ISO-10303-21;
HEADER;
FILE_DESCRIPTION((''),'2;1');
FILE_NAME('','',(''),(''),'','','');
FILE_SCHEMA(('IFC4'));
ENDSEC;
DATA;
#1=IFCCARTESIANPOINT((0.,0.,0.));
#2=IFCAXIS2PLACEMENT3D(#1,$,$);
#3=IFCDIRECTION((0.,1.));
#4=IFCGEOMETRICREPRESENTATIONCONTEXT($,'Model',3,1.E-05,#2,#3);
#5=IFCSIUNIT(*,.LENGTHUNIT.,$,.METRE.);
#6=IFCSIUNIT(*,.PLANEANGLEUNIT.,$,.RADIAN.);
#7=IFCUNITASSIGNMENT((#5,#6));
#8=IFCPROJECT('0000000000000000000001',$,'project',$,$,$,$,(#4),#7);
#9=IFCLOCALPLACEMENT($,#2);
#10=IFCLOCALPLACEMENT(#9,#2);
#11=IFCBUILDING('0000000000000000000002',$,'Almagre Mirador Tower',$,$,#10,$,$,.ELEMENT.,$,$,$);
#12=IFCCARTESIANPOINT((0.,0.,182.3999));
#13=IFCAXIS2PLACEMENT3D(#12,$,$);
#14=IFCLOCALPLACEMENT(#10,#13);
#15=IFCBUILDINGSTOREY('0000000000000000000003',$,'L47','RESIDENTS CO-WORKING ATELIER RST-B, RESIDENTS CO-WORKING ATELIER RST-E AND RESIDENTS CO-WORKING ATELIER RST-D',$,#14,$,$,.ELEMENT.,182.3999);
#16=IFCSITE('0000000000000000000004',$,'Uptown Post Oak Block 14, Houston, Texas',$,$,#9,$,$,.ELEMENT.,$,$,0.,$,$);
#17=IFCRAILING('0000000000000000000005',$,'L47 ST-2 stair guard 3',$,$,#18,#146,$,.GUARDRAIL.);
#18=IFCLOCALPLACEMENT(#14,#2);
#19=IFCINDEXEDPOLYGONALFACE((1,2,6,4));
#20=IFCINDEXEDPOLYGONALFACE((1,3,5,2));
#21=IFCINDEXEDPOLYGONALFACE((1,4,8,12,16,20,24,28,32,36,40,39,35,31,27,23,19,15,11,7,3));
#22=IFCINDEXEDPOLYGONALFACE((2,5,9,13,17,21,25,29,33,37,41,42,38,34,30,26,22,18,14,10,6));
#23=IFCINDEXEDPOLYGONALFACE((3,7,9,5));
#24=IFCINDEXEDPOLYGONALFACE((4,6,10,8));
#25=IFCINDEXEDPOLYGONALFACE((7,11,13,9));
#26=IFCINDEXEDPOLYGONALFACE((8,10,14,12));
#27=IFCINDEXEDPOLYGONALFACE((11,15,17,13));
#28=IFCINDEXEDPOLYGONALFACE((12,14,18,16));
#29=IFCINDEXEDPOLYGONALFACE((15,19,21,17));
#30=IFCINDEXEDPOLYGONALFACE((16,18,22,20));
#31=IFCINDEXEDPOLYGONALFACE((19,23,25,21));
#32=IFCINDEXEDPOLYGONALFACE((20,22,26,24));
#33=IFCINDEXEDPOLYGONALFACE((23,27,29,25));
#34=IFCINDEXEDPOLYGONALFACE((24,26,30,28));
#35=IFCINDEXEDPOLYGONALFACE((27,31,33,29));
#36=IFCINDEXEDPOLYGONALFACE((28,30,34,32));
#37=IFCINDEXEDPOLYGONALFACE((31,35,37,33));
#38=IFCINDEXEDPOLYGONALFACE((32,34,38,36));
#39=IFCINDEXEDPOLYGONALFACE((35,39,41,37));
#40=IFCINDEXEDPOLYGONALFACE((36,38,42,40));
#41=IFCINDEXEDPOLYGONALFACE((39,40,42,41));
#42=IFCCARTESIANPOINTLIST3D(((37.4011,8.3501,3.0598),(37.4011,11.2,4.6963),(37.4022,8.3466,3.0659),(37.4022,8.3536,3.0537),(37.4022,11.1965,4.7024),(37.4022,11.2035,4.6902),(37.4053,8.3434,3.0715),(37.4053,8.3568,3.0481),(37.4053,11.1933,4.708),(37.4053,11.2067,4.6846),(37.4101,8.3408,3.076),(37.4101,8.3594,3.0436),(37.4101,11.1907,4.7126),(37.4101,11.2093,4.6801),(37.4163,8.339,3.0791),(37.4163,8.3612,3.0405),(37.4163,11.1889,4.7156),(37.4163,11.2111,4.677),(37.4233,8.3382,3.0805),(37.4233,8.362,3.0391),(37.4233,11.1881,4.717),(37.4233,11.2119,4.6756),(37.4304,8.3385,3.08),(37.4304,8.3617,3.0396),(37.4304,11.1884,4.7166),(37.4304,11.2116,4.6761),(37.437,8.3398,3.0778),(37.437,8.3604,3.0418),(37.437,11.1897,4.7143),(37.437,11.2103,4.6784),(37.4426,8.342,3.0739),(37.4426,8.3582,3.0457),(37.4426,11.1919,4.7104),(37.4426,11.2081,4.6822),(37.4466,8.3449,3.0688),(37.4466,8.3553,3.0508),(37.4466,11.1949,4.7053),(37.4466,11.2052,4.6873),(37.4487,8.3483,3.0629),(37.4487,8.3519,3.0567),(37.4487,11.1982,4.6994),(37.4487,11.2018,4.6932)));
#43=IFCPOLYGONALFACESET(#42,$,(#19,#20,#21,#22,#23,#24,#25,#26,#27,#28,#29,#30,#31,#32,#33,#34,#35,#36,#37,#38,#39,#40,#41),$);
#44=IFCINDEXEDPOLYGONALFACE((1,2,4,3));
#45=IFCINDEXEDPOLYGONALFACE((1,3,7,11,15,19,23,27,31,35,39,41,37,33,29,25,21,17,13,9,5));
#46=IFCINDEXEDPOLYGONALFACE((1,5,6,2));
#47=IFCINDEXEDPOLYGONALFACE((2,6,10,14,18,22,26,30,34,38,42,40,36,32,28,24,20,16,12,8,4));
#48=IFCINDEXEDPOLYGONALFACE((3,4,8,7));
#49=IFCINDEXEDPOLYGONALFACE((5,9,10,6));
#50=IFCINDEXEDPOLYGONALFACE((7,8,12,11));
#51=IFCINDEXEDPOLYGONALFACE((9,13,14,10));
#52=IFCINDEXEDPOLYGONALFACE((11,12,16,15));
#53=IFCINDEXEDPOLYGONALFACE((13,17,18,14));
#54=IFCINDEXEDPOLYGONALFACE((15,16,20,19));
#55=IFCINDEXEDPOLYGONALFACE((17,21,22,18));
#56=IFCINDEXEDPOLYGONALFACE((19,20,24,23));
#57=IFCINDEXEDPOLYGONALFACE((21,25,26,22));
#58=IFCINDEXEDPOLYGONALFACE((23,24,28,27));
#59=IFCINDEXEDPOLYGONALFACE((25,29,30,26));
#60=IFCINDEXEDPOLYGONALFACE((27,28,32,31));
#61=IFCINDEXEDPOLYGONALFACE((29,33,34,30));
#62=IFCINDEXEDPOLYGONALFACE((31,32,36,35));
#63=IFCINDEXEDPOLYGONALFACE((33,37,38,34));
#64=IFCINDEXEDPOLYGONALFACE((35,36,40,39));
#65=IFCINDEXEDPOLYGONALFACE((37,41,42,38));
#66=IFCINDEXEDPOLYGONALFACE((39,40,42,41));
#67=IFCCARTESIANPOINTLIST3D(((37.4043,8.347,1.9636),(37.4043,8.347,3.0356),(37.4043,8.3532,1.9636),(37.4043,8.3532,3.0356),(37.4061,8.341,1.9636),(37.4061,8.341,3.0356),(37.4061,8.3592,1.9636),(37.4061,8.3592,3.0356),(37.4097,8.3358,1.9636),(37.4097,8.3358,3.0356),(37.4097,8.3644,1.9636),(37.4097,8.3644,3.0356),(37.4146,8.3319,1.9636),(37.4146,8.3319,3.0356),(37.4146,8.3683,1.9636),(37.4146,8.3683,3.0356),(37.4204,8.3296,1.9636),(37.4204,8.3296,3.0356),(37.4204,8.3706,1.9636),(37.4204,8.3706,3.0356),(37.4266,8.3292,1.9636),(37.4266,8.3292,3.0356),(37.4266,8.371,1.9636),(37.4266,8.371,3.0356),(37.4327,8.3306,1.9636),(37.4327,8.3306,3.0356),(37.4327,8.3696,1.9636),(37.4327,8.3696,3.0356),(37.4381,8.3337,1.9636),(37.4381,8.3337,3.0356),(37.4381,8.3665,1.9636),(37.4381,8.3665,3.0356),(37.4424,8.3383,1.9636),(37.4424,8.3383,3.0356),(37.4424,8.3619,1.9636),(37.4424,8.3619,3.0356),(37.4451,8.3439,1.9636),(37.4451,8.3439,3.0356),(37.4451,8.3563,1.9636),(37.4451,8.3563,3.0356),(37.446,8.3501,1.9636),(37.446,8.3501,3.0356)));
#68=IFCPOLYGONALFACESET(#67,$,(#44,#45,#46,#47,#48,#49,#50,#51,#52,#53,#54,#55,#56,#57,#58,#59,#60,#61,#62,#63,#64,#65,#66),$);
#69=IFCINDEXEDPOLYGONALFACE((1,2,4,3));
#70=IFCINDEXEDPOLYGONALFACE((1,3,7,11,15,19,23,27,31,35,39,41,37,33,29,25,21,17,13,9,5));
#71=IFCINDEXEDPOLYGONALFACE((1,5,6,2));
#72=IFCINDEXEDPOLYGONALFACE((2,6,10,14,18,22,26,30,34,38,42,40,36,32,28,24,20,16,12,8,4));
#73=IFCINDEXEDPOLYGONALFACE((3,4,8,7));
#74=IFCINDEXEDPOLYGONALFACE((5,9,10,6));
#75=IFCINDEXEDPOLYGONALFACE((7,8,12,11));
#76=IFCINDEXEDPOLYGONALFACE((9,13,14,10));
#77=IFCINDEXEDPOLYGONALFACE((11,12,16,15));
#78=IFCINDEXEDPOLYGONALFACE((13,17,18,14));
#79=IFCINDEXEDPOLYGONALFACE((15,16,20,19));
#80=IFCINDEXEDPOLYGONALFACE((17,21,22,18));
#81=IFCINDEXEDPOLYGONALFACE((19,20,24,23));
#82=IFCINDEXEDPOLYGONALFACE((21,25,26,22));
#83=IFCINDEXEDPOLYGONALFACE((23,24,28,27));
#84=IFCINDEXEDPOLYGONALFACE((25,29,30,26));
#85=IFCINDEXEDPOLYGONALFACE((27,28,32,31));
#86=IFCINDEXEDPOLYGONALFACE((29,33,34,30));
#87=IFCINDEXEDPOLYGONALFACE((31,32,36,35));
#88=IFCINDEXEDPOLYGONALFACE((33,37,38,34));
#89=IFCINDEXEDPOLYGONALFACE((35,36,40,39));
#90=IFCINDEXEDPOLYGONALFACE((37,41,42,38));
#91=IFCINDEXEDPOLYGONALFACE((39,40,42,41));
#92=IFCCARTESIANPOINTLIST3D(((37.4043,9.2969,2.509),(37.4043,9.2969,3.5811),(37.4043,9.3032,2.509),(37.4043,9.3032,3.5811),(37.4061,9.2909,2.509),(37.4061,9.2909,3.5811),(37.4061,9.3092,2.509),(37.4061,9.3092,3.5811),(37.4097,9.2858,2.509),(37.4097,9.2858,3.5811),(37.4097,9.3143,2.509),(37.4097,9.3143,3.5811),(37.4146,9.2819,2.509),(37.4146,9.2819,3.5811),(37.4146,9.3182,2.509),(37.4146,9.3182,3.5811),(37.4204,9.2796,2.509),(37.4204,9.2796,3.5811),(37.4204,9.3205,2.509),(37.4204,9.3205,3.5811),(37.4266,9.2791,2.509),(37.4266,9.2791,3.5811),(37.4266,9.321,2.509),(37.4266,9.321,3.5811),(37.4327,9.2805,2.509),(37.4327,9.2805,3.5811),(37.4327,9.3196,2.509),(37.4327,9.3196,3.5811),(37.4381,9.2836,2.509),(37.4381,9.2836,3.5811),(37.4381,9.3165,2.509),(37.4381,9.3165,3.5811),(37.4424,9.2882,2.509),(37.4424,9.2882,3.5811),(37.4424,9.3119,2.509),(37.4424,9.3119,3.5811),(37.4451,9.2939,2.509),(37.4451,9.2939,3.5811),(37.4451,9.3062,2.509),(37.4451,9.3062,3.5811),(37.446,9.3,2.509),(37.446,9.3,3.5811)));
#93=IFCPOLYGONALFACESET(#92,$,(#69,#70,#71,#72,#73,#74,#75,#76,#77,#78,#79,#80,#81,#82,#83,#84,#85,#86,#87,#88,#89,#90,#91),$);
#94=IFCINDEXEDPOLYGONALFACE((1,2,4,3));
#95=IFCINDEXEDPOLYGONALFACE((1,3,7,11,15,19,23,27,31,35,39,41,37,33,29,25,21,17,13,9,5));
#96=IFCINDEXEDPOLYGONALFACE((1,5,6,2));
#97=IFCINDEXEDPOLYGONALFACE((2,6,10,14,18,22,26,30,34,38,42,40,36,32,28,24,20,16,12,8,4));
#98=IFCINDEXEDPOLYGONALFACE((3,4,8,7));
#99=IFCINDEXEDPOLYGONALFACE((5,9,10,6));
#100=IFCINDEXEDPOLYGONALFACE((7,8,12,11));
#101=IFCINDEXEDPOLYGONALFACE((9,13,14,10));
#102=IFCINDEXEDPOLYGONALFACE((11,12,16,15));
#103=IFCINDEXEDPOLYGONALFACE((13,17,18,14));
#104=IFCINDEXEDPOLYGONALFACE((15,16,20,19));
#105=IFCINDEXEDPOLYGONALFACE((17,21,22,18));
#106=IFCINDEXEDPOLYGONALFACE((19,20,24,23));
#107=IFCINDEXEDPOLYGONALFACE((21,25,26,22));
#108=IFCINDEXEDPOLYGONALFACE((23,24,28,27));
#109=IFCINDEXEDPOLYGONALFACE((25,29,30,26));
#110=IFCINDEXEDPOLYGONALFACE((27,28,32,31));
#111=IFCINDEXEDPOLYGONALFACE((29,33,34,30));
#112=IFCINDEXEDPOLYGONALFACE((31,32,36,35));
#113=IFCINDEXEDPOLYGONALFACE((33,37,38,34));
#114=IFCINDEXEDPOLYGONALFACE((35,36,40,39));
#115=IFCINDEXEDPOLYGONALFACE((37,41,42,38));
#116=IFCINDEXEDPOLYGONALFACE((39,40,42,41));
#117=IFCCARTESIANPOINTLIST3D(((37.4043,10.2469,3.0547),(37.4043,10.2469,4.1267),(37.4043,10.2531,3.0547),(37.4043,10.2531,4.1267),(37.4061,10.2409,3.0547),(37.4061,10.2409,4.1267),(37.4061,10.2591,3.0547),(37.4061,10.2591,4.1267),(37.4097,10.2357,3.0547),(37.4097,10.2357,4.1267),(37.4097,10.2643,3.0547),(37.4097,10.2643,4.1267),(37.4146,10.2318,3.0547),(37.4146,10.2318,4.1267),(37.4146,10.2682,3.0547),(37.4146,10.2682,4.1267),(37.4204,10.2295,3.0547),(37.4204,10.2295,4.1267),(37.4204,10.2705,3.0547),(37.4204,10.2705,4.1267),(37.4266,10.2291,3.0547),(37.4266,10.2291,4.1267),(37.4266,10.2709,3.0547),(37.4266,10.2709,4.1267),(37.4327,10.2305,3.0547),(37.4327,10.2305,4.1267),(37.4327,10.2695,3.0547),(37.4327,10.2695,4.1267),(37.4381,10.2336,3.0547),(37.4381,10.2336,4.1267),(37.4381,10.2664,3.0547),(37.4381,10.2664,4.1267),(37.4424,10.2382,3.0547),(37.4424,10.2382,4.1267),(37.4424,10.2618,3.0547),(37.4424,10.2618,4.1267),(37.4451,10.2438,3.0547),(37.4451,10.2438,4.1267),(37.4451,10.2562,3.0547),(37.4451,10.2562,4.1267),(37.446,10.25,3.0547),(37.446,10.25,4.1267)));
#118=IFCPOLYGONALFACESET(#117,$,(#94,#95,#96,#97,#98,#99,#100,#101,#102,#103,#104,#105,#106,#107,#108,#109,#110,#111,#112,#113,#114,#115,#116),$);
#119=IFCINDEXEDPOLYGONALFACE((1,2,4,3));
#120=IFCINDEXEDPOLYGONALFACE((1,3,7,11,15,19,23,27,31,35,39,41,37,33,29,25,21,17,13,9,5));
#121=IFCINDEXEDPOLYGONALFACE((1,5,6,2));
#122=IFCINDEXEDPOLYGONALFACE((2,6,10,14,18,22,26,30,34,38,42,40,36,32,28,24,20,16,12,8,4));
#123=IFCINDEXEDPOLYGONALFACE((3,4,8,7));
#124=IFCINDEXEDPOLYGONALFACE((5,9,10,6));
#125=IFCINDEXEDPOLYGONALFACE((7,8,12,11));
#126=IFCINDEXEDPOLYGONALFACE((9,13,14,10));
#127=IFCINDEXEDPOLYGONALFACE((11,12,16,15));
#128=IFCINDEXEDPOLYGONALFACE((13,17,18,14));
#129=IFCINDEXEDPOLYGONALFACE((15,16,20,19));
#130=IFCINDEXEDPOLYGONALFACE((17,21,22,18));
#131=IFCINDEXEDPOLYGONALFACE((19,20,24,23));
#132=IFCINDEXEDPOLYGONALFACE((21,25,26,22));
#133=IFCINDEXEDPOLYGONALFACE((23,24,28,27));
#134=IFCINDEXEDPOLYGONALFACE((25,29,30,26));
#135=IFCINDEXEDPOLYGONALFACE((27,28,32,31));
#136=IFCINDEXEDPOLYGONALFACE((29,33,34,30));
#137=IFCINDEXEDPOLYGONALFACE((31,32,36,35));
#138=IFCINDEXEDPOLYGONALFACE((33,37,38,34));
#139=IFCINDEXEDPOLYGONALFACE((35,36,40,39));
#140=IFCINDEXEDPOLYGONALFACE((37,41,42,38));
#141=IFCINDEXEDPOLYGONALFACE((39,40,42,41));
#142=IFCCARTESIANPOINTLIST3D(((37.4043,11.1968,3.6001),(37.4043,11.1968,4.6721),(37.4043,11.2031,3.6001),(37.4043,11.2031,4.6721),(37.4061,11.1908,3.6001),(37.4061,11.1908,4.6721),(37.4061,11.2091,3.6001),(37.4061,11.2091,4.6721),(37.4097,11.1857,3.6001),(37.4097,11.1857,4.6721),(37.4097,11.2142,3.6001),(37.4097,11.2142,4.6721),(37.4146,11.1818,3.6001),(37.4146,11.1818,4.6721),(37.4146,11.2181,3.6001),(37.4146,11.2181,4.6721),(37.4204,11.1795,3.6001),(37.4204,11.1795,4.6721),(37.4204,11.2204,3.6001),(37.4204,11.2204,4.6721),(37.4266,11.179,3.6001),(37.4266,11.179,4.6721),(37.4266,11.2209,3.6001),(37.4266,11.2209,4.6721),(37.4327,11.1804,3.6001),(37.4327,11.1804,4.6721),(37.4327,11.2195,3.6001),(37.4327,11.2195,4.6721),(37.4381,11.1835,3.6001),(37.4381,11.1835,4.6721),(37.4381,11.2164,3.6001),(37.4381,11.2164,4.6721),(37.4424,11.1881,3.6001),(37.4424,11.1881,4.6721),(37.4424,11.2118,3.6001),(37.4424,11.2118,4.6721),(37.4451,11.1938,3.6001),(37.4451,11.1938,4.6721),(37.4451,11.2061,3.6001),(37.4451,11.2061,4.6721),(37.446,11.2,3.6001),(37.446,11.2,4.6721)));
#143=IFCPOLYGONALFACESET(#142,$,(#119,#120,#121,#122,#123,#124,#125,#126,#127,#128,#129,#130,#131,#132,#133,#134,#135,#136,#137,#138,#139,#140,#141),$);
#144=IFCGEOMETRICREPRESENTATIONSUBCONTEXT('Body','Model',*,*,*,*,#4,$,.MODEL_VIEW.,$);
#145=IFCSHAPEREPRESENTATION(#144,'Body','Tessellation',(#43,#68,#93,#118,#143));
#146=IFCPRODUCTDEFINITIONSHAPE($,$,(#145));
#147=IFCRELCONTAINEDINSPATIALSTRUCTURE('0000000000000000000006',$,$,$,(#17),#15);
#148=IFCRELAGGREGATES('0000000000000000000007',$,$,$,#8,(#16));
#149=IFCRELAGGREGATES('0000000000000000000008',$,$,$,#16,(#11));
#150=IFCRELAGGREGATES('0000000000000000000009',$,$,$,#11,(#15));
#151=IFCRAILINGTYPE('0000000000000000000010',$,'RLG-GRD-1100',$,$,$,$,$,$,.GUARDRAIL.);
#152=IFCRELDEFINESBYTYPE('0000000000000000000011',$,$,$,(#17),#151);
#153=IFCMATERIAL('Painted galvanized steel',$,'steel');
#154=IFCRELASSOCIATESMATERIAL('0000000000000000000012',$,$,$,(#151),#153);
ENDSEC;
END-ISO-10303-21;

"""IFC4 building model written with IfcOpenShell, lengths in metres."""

from ifc_helpers import new_model, si_unit, direction, frame, origin, origin_2d, place, context, subcontext, project, spatial, circle, extrude, material, type_object, element, save


model = new_model("IFC4")

# Units and contexts
model_context = context("Model", 3, precision=1e-05, world=origin(), true_north=direction((0.0, 1.0)))
body_context = subcontext(model_context, "Body", "Model", "MODEL_VIEW")
ifc_project = project(units=[si_unit("LENGTHUNIT", "METRE"), si_unit("PLANEANGLEUNIT", "RADIAN")], contexts=[model_context])

# Site, building, storey
site_placement = place(None, origin())
site = spatial("IfcSite", under=ifc_project, at=site_placement, Name="Uptown Post Oak Block 14, Houston, Texas", CompositionType="ELEMENT", RefElevation=0.0)
building_placement = place(site_placement, origin())
building = spatial("IfcBuilding", under=site, at=building_placement, Name="Almagre Mirador Tower", CompositionType="ELEMENT")
storey_placement = place(building_placement, frame((0.0, 0.0, 182.3999)))
storey = spatial("IfcBuildingStorey", under=building, at=storey_placement, Name="L47", Description="RESIDENTS CO-WORKING ATELIER RST-B, RESIDENTS CO-WORKING ATELIER RST-E AND RESIDENTS CO-WORKING ATELIER RST-D", CompositionType="ELEMENT", Elevation=182.3999)

# Railing
ifc_material_1 = material(Name="Painted galvanized steel", Category="steel")
railing_type_1 = type_object("IfcRailingType", Name="RLG-GRD-1100", PredefinedType="GUARDRAIL", material=ifc_material_1)
railing_1_placement = place(storey_placement, frame((37.425, 8.3501, 1.9636)))
element("IfcRailing", 1, at=railing_1_placement, inside=storey, type_object=railing_type_1, Name="L47 ST-2 stair guard 3", PredefinedType="GUARDRAIL", context=body_context, shape_type="SweptSolid", body=[
    extrude(circle(Radius=0.0239, at=origin_2d()), frame((0.0, 0.0, 1.0962), z_axis=(0.0, 0.867194, 0.49797), x_axis=(-1.0, 0.0, 0.0)), (0.0, 0.0, 1.0), 3.2864),
    extrude(circle(Radius=0.021, at=origin_2d()), origin(), (0.0, 0.0, 1.0), 1.072),
    extrude(circle(Radius=0.021, at=origin_2d()), frame((0.0, 0.95, 0.5454)), (0.0, 0.0, 1.0), 1.072),
    extrude(circle(Radius=0.021, at=origin_2d()), frame((0.0, 1.8999, 1.0911)), (0.0, 0.0, 1.0), 1.072),
    extrude(circle(Radius=0.021, at=origin_2d()), frame((0.0, 2.8499, 1.6365)), (0.0, 0.0, 1.0), 1.072),
])

save(model, "model.ifc")
